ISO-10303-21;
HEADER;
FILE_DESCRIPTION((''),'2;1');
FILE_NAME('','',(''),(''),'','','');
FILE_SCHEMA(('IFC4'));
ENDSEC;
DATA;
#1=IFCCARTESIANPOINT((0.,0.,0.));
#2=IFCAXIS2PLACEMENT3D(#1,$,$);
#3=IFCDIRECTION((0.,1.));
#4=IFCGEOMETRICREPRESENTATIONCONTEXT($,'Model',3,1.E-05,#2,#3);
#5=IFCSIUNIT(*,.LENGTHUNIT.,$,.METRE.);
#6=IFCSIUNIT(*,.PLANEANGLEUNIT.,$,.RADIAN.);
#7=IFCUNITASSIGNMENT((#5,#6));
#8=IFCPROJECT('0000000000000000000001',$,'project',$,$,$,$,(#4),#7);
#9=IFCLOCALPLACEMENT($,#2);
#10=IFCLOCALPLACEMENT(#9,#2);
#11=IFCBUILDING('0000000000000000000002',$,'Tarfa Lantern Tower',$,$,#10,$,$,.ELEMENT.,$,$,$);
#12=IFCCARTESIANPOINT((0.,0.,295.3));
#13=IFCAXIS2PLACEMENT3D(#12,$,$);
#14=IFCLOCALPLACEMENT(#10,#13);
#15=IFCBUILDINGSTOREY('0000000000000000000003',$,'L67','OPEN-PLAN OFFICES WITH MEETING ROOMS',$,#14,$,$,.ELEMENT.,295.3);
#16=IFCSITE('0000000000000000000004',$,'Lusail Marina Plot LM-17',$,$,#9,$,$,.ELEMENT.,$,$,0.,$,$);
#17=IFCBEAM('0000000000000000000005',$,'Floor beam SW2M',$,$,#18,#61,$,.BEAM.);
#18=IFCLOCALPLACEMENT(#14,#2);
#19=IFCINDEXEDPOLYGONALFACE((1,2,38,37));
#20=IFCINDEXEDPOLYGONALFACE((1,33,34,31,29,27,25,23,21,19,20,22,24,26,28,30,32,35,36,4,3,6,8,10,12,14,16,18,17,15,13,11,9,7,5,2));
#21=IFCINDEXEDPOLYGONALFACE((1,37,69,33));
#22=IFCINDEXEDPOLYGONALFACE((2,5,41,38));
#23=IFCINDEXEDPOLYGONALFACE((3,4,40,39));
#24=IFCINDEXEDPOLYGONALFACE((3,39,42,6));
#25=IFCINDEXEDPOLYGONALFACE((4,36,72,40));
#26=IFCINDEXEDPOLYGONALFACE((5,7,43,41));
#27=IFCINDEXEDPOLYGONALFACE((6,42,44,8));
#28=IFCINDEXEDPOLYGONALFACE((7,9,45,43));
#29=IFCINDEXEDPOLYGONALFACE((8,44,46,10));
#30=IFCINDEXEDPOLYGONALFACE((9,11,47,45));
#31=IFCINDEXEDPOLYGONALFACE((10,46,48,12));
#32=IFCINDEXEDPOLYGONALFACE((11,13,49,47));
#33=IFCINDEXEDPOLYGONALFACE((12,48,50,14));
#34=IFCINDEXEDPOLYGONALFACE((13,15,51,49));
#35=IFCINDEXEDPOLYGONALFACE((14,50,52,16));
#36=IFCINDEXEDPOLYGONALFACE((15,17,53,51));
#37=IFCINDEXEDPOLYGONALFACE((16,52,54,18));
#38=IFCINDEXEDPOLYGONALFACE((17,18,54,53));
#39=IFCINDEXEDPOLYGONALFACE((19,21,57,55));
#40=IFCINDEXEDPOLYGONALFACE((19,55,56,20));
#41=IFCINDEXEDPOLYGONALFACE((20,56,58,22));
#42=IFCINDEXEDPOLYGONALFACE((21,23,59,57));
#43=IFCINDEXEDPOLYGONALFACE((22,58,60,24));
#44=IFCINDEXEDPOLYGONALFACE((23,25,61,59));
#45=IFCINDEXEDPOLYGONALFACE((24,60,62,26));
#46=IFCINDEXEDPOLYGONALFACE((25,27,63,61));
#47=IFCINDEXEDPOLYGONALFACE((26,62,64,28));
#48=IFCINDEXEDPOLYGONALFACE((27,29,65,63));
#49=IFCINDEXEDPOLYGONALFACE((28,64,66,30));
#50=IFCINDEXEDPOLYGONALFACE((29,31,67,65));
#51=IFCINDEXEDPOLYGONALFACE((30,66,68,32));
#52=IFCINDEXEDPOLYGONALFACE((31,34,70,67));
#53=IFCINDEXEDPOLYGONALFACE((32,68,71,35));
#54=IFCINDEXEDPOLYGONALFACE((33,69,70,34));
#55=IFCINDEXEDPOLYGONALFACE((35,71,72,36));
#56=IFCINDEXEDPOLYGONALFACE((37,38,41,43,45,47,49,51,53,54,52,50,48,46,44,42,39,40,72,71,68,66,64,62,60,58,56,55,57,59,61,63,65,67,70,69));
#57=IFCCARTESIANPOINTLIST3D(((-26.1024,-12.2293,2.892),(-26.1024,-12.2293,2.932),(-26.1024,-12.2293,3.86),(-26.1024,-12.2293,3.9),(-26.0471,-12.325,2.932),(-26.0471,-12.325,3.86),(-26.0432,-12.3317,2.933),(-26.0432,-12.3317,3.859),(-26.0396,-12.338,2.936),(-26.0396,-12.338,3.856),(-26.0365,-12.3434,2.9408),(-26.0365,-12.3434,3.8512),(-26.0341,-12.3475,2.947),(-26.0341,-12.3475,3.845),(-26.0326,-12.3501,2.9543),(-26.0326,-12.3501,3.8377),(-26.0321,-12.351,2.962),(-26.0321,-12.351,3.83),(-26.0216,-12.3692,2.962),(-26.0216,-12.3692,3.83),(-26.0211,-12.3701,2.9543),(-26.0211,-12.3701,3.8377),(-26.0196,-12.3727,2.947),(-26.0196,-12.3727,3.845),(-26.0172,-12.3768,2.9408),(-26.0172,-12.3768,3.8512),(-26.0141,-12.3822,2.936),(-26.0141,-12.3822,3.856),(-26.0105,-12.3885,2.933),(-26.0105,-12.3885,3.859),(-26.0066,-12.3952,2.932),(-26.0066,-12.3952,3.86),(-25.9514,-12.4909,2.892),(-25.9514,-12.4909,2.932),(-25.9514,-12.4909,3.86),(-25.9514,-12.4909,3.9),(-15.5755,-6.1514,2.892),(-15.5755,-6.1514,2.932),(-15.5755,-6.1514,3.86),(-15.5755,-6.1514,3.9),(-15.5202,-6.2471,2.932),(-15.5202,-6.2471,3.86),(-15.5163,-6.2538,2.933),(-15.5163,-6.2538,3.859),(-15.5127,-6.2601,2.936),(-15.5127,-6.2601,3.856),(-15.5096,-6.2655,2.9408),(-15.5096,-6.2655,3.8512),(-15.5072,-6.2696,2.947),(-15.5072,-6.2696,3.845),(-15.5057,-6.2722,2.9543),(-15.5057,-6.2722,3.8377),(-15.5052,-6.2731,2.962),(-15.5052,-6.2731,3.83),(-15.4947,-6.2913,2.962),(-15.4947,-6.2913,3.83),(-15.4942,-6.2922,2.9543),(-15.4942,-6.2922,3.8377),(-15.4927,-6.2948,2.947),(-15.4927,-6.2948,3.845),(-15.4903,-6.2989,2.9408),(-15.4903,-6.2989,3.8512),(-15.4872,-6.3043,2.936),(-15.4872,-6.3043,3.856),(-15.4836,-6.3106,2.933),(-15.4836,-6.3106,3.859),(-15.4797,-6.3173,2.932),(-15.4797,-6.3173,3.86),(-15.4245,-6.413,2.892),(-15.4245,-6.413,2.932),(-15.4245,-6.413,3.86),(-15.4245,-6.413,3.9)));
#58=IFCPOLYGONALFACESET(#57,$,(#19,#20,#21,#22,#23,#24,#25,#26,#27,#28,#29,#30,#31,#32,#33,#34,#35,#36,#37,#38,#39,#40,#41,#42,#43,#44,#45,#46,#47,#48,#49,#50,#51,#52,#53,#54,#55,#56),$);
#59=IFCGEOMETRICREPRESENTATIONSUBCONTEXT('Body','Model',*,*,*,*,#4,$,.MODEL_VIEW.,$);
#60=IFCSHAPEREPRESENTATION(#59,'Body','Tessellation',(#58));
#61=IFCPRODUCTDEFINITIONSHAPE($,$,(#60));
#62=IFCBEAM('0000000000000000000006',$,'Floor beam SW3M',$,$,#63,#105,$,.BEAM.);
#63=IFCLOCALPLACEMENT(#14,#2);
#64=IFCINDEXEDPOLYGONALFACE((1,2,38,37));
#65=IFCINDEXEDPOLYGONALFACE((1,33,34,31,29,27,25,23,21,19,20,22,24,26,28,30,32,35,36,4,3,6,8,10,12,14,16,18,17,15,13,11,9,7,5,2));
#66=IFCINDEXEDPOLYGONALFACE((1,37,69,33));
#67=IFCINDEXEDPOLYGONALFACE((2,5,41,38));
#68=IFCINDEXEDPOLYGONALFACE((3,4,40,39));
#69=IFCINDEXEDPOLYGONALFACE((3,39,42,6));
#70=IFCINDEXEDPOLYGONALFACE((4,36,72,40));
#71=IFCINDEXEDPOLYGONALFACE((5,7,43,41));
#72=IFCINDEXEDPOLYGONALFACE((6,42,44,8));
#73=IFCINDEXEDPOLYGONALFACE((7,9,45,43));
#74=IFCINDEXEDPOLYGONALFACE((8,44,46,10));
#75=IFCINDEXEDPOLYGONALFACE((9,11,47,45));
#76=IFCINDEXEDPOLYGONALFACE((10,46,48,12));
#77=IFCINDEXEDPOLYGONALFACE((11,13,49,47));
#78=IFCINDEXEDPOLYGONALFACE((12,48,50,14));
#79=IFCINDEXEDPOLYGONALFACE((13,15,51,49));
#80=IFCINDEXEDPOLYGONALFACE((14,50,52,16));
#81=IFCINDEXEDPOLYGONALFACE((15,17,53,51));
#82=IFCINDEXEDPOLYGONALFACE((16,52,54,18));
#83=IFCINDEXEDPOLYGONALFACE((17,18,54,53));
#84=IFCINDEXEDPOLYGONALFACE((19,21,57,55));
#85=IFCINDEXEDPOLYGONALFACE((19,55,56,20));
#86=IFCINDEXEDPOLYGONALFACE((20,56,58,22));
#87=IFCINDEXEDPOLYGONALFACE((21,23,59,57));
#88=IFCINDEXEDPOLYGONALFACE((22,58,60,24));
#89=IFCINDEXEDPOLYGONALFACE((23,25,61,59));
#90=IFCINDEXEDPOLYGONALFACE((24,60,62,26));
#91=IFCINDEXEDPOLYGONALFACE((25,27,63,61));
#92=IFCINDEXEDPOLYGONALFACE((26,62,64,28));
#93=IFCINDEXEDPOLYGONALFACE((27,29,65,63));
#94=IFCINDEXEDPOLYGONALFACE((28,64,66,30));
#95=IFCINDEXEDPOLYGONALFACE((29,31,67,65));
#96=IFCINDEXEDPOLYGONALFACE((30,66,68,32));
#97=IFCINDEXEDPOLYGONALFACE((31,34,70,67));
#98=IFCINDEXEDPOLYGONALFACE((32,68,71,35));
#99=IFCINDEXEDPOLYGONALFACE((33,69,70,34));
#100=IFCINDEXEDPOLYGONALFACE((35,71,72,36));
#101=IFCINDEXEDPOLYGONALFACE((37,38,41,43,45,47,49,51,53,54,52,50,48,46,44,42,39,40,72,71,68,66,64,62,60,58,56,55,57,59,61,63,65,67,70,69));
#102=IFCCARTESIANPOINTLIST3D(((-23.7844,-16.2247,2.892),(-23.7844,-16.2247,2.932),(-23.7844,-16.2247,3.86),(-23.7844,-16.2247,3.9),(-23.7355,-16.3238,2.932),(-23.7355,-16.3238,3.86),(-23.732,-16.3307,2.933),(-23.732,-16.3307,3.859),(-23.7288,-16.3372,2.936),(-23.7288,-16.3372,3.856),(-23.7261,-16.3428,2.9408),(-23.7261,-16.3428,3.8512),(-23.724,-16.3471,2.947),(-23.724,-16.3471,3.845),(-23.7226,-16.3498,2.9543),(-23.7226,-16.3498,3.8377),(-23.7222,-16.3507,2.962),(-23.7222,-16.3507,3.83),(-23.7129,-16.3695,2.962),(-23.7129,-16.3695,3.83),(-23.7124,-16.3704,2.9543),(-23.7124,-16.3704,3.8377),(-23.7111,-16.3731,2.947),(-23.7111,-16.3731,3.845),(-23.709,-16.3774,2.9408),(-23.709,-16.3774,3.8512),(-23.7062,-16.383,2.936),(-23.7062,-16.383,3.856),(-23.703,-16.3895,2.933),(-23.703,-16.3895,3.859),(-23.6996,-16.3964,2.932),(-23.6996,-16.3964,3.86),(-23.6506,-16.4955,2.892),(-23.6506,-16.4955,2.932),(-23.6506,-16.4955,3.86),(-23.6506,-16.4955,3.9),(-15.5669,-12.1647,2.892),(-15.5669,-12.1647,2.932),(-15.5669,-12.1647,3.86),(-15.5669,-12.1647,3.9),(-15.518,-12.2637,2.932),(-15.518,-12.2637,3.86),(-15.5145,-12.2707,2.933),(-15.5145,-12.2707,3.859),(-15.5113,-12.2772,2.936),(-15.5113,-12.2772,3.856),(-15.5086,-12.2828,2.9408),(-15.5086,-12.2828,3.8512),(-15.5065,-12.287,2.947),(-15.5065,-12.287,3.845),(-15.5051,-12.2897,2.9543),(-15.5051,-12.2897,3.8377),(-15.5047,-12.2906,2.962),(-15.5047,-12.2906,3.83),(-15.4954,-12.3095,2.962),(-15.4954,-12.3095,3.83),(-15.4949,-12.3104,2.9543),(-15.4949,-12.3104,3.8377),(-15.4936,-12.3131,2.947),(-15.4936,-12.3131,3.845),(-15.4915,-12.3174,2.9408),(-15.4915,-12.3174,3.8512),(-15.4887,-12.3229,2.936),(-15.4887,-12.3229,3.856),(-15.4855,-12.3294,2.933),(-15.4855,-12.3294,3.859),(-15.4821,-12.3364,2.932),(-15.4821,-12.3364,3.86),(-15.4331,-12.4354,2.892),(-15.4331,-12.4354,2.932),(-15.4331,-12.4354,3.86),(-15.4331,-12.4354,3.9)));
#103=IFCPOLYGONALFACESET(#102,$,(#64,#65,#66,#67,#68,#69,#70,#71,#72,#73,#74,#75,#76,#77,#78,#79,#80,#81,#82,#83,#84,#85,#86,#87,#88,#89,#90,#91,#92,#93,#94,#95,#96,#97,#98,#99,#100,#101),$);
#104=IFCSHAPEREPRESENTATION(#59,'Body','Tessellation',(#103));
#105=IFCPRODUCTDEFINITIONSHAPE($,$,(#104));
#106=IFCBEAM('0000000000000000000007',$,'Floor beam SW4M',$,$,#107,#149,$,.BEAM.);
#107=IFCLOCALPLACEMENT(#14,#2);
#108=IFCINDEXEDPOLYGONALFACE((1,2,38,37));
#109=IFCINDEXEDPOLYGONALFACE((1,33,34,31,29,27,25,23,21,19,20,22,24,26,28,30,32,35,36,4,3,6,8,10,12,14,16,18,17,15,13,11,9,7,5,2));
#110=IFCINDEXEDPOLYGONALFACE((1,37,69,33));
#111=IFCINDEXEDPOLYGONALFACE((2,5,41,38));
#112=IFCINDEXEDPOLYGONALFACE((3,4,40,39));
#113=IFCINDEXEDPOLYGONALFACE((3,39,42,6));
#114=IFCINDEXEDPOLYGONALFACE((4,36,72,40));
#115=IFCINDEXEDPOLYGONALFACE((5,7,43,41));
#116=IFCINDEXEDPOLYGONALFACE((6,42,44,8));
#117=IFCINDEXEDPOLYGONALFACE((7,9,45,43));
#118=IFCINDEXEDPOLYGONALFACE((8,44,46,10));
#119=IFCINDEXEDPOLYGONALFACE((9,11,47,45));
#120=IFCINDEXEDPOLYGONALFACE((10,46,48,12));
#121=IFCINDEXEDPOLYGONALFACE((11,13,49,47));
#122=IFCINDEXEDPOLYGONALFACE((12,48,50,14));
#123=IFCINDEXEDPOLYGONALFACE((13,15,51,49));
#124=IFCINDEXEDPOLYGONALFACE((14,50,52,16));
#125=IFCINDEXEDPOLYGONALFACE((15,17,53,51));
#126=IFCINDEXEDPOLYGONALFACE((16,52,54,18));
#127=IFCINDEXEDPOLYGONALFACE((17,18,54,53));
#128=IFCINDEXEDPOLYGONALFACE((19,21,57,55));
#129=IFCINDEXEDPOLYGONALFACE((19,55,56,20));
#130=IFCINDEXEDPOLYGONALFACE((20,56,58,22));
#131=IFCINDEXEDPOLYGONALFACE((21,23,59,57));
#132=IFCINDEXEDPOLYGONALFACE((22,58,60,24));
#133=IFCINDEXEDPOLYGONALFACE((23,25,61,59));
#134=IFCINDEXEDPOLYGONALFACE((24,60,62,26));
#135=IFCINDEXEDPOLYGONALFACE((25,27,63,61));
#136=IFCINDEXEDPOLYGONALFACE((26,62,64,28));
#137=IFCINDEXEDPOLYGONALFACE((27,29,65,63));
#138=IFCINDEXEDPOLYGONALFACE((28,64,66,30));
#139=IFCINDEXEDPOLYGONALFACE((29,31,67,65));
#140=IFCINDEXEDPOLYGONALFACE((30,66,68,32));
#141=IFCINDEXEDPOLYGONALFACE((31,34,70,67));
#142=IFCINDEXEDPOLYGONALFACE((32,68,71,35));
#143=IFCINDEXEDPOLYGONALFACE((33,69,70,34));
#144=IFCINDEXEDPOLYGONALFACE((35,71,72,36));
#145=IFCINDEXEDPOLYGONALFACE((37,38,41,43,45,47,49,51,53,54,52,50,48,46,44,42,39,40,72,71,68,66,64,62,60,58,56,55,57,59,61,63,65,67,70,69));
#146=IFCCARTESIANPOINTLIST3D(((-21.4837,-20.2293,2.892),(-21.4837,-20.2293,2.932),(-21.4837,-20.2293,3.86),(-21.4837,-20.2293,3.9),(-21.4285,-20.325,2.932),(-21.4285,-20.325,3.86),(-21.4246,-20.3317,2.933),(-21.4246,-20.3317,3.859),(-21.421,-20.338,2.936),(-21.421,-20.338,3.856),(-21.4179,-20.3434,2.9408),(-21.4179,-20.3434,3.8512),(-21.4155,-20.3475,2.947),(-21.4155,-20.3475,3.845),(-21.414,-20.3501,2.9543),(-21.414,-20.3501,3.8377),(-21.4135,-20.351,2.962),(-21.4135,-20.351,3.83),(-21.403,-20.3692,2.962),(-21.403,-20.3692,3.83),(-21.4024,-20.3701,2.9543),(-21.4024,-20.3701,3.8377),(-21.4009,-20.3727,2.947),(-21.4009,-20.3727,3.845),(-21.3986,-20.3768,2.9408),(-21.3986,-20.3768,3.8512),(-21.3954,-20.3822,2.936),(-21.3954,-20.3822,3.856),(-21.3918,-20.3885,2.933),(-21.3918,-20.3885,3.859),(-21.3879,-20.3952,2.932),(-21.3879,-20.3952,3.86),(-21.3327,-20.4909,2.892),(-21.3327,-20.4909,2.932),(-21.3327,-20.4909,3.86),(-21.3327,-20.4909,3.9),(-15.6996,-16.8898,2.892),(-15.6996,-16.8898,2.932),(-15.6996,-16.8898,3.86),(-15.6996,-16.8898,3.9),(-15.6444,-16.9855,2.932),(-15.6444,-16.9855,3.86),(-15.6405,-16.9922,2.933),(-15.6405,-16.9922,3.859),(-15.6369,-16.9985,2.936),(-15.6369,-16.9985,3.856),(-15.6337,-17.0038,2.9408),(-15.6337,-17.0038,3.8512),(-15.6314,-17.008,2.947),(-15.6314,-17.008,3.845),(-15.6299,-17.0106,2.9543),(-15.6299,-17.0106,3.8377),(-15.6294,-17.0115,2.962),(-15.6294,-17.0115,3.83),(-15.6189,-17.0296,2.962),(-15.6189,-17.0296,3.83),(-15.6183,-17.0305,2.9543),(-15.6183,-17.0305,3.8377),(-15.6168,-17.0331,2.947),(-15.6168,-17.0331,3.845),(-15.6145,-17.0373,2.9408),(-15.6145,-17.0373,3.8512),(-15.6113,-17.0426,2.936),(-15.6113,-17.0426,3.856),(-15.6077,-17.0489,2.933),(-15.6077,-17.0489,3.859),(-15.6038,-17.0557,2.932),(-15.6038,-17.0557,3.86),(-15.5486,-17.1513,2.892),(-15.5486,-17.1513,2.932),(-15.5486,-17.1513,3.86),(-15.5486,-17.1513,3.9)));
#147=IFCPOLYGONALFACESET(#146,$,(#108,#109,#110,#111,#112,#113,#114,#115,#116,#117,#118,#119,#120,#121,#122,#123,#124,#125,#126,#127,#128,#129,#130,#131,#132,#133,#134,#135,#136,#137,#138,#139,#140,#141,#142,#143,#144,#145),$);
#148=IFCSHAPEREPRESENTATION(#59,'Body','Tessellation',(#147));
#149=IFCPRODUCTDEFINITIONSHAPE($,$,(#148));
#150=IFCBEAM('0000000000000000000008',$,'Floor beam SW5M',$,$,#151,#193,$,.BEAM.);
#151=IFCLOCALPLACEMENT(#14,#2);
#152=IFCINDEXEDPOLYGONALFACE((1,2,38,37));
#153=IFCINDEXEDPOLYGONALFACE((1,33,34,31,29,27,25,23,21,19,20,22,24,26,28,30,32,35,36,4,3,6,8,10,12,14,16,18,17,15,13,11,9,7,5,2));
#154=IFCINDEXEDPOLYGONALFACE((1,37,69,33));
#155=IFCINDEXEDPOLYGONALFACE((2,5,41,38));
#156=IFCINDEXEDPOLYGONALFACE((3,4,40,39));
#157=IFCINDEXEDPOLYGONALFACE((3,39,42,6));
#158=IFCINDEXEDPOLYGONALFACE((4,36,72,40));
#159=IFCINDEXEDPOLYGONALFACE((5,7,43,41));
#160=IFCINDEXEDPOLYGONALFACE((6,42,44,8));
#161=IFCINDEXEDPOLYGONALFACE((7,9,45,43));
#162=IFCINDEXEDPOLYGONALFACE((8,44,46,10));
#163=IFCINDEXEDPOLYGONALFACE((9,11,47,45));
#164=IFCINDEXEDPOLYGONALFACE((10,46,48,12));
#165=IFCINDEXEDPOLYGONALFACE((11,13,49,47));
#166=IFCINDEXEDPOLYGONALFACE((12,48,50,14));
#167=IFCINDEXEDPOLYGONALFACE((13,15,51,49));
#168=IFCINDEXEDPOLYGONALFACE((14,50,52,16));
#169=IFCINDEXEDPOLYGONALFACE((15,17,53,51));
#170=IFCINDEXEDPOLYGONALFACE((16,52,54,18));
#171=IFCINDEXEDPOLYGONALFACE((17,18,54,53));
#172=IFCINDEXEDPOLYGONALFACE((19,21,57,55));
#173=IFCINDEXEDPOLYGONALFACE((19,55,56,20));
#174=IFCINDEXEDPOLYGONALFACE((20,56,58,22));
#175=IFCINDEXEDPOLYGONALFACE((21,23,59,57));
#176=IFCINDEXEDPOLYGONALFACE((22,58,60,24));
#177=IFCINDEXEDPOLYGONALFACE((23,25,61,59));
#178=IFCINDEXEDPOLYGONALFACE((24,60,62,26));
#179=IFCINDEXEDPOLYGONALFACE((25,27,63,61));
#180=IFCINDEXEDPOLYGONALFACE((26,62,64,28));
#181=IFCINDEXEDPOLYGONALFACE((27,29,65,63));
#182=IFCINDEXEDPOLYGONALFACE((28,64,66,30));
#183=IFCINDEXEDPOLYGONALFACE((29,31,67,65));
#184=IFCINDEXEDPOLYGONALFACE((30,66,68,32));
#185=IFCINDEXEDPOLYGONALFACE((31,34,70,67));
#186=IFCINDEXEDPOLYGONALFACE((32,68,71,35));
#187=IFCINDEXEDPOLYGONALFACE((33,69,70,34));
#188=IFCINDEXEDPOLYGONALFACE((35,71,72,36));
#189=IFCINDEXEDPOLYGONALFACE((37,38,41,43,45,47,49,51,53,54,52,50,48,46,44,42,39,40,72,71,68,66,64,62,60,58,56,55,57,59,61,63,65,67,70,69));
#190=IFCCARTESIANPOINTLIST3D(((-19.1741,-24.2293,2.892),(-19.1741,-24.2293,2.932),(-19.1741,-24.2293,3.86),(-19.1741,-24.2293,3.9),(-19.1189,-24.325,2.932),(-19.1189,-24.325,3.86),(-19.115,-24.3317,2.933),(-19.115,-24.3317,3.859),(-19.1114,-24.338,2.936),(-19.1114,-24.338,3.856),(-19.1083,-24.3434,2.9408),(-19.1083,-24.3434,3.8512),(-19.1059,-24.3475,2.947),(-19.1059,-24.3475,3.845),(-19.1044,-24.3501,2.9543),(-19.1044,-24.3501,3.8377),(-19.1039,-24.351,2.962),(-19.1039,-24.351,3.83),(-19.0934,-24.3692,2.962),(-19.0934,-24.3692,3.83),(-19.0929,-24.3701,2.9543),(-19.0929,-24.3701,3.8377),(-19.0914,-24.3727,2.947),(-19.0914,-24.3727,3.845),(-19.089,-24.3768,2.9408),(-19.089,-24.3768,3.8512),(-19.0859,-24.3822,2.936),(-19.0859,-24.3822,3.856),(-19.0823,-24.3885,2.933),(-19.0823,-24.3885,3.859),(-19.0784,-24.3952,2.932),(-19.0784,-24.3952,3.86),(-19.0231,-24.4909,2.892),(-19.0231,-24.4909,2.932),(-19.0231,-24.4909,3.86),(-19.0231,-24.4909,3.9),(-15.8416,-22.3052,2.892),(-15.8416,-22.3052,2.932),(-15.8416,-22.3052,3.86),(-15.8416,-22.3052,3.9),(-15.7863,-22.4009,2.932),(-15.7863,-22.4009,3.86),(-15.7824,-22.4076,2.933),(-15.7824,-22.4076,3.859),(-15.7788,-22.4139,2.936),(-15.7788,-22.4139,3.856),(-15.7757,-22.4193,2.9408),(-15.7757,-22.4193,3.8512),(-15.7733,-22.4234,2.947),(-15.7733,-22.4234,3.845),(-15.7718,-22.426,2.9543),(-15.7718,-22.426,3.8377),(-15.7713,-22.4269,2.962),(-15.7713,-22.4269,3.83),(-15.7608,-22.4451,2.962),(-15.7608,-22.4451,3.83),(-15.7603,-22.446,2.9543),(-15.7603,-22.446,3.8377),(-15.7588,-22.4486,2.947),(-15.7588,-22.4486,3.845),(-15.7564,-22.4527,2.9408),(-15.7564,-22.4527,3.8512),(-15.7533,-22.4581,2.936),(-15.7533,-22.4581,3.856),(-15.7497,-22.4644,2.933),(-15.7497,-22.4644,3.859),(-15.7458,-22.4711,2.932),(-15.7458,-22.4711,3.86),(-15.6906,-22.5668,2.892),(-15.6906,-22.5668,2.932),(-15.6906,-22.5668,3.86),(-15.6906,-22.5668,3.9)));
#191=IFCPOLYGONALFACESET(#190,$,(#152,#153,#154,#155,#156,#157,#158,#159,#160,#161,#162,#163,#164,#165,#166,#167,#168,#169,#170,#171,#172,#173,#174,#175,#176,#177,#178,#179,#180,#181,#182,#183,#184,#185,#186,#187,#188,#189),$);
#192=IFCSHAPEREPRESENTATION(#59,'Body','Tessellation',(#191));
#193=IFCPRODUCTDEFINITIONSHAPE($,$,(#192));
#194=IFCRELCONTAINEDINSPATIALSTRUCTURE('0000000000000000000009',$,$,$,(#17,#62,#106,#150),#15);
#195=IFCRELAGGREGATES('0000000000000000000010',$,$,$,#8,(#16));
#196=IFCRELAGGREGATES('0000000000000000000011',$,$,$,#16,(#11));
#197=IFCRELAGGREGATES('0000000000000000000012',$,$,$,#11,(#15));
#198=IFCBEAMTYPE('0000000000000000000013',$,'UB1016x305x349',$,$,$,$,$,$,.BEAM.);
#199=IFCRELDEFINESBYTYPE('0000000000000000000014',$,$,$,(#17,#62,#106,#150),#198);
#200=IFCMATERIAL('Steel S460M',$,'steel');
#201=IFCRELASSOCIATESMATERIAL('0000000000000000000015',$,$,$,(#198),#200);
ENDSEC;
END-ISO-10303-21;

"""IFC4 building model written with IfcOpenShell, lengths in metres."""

from ifc_helpers import new_model, si_unit, direction, frame, origin, origin_2d, place, context, subcontext, project, spatial, i_section, extrude, material, material_profile, profile_set, type_object, element, save


model = new_model("IFC4")

# Units and contexts
model_context = context("Model", 3, precision=1e-05, world=origin(), true_north=direction((0.0, 1.0)))
body_context = subcontext(model_context, "Body", "Model", "MODEL_VIEW")
ifc_project = project(units=[si_unit("LENGTHUNIT", "METRE"), si_unit("PLANEANGLEUNIT", "RADIAN")], contexts=[model_context])

# Site, building, storey
site_placement = place(None, origin())
site = spatial("IfcSite", under=ifc_project, at=site_placement, Name="Lusail Marina Plot LM-17", CompositionType="ELEMENT", RefElevation=0.0)
building_placement = place(site_placement, origin())
building = spatial("IfcBuilding", under=site, at=building_placement, Name="Tarfa Lantern Tower", CompositionType="ELEMENT")
storey_placement = place(building_placement, frame((0.0, 0.0, 295.3)))
storey = spatial("IfcBuildingStorey", under=building, at=storey_placement, Name="L67", Description="OPEN-PLAN OFFICES WITH MEETING ROOMS", CompositionType="ELEMENT", Elevation=295.3)

# Beams
ifc_material_1 = material(Name="Steel S460M", Category="steel")
ifc_material_profile_1 = material_profile(ifc_material_1, i_section(OverallWidth=0.302, OverallDepth=1.0081, WebThickness=0.021, FlangeThickness=0.04, FilletRadius=0.03, at=origin_2d()), Name="UB1016x305x349")
ifc_profile_set_1 = profile_set([ifc_material_profile_1], Name="Steel S460M")
beam_type_1 = type_object("IfcBeamType", Name="UB1016x305x349", PredefinedType="BEAM", material=ifc_profile_set_1)
beam_1_placement = place(storey_placement, frame((-26.0269, -12.3601, 3.396), z_axis=(0.866018, 0.500012, 0.0), x_axis=(-0.500012, 0.866018, 0.0)))
element("IfcBeam", 1, at=beam_1_placement, inside=storey, type_object=beam_type_1, Name="Floor beam SW2M", PredefinedType="BEAM", context=body_context, shape_type="SweptSolid", body=[
    extrude(i_section(OverallWidth=0.302, OverallDepth=1.0081, WebThickness=0.021, FlangeThickness=0.04, FilletRadius=0.03, at=origin_2d()), origin(), (0.0, 0.0, 1.0), 12.1555),
])
beam_2_placement = place(storey_placement, frame((-23.7175, -16.3601, 3.396), z_axis=(0.896543, 0.442957, 0.0), x_axis=(-0.442957, 0.896543, 0.0)))
element("IfcBeam", 2, at=beam_2_placement, inside=storey, type_object=beam_type_1, Name="Floor beam SW3M", PredefinedType="BEAM", context=body_context, shape_type="SweptSolid", body=[
    extrude(i_section(OverallWidth=0.302, OverallDepth=1.0081, WebThickness=0.021, FlangeThickness=0.04, FilletRadius=0.03, at=origin_2d()), origin(), (0.0, 0.0, 1.0), 9.1658),
])
beam_3_placement = place(storey_placement, frame((-21.4082, -20.3601, 3.396), z_axis=(0.866019, 0.500011, 0.0), x_axis=(-0.500011, 0.866019, 0.0)))
element("IfcBeam", 3, at=beam_3_placement, inside=storey, type_object=beam_type_1, Name="Floor beam SW4M", PredefinedType="BEAM", context=body_context, shape_type="SweptSolid", body=[
    extrude(i_section(OverallWidth=0.302, OverallDepth=1.0081, WebThickness=0.021, FlangeThickness=0.04, FilletRadius=0.03, at=origin_2d()), origin(), (0.0, 0.0, 1.0), 6.679),
])
beam_4_placement = place(storey_placement, frame((-19.0986, -24.3601, 3.396), z_axis=(0.866021, 0.500008, 0.0), x_axis=(-0.500008, 0.866021, 0.0)))
element("IfcBeam", 4, at=beam_4_placement, inside=storey, type_object=beam_type_1, Name="Floor beam SW5M", PredefinedType="BEAM", context=body_context, shape_type="SweptSolid", body=[
    extrude(i_section(OverallWidth=0.302, OverallDepth=1.0081, WebThickness=0.021, FlangeThickness=0.04, FilletRadius=0.03, at=origin_2d()), origin(), (0.0, 0.0, 1.0), 3.8481),
])

save(model, "model.ifc")
